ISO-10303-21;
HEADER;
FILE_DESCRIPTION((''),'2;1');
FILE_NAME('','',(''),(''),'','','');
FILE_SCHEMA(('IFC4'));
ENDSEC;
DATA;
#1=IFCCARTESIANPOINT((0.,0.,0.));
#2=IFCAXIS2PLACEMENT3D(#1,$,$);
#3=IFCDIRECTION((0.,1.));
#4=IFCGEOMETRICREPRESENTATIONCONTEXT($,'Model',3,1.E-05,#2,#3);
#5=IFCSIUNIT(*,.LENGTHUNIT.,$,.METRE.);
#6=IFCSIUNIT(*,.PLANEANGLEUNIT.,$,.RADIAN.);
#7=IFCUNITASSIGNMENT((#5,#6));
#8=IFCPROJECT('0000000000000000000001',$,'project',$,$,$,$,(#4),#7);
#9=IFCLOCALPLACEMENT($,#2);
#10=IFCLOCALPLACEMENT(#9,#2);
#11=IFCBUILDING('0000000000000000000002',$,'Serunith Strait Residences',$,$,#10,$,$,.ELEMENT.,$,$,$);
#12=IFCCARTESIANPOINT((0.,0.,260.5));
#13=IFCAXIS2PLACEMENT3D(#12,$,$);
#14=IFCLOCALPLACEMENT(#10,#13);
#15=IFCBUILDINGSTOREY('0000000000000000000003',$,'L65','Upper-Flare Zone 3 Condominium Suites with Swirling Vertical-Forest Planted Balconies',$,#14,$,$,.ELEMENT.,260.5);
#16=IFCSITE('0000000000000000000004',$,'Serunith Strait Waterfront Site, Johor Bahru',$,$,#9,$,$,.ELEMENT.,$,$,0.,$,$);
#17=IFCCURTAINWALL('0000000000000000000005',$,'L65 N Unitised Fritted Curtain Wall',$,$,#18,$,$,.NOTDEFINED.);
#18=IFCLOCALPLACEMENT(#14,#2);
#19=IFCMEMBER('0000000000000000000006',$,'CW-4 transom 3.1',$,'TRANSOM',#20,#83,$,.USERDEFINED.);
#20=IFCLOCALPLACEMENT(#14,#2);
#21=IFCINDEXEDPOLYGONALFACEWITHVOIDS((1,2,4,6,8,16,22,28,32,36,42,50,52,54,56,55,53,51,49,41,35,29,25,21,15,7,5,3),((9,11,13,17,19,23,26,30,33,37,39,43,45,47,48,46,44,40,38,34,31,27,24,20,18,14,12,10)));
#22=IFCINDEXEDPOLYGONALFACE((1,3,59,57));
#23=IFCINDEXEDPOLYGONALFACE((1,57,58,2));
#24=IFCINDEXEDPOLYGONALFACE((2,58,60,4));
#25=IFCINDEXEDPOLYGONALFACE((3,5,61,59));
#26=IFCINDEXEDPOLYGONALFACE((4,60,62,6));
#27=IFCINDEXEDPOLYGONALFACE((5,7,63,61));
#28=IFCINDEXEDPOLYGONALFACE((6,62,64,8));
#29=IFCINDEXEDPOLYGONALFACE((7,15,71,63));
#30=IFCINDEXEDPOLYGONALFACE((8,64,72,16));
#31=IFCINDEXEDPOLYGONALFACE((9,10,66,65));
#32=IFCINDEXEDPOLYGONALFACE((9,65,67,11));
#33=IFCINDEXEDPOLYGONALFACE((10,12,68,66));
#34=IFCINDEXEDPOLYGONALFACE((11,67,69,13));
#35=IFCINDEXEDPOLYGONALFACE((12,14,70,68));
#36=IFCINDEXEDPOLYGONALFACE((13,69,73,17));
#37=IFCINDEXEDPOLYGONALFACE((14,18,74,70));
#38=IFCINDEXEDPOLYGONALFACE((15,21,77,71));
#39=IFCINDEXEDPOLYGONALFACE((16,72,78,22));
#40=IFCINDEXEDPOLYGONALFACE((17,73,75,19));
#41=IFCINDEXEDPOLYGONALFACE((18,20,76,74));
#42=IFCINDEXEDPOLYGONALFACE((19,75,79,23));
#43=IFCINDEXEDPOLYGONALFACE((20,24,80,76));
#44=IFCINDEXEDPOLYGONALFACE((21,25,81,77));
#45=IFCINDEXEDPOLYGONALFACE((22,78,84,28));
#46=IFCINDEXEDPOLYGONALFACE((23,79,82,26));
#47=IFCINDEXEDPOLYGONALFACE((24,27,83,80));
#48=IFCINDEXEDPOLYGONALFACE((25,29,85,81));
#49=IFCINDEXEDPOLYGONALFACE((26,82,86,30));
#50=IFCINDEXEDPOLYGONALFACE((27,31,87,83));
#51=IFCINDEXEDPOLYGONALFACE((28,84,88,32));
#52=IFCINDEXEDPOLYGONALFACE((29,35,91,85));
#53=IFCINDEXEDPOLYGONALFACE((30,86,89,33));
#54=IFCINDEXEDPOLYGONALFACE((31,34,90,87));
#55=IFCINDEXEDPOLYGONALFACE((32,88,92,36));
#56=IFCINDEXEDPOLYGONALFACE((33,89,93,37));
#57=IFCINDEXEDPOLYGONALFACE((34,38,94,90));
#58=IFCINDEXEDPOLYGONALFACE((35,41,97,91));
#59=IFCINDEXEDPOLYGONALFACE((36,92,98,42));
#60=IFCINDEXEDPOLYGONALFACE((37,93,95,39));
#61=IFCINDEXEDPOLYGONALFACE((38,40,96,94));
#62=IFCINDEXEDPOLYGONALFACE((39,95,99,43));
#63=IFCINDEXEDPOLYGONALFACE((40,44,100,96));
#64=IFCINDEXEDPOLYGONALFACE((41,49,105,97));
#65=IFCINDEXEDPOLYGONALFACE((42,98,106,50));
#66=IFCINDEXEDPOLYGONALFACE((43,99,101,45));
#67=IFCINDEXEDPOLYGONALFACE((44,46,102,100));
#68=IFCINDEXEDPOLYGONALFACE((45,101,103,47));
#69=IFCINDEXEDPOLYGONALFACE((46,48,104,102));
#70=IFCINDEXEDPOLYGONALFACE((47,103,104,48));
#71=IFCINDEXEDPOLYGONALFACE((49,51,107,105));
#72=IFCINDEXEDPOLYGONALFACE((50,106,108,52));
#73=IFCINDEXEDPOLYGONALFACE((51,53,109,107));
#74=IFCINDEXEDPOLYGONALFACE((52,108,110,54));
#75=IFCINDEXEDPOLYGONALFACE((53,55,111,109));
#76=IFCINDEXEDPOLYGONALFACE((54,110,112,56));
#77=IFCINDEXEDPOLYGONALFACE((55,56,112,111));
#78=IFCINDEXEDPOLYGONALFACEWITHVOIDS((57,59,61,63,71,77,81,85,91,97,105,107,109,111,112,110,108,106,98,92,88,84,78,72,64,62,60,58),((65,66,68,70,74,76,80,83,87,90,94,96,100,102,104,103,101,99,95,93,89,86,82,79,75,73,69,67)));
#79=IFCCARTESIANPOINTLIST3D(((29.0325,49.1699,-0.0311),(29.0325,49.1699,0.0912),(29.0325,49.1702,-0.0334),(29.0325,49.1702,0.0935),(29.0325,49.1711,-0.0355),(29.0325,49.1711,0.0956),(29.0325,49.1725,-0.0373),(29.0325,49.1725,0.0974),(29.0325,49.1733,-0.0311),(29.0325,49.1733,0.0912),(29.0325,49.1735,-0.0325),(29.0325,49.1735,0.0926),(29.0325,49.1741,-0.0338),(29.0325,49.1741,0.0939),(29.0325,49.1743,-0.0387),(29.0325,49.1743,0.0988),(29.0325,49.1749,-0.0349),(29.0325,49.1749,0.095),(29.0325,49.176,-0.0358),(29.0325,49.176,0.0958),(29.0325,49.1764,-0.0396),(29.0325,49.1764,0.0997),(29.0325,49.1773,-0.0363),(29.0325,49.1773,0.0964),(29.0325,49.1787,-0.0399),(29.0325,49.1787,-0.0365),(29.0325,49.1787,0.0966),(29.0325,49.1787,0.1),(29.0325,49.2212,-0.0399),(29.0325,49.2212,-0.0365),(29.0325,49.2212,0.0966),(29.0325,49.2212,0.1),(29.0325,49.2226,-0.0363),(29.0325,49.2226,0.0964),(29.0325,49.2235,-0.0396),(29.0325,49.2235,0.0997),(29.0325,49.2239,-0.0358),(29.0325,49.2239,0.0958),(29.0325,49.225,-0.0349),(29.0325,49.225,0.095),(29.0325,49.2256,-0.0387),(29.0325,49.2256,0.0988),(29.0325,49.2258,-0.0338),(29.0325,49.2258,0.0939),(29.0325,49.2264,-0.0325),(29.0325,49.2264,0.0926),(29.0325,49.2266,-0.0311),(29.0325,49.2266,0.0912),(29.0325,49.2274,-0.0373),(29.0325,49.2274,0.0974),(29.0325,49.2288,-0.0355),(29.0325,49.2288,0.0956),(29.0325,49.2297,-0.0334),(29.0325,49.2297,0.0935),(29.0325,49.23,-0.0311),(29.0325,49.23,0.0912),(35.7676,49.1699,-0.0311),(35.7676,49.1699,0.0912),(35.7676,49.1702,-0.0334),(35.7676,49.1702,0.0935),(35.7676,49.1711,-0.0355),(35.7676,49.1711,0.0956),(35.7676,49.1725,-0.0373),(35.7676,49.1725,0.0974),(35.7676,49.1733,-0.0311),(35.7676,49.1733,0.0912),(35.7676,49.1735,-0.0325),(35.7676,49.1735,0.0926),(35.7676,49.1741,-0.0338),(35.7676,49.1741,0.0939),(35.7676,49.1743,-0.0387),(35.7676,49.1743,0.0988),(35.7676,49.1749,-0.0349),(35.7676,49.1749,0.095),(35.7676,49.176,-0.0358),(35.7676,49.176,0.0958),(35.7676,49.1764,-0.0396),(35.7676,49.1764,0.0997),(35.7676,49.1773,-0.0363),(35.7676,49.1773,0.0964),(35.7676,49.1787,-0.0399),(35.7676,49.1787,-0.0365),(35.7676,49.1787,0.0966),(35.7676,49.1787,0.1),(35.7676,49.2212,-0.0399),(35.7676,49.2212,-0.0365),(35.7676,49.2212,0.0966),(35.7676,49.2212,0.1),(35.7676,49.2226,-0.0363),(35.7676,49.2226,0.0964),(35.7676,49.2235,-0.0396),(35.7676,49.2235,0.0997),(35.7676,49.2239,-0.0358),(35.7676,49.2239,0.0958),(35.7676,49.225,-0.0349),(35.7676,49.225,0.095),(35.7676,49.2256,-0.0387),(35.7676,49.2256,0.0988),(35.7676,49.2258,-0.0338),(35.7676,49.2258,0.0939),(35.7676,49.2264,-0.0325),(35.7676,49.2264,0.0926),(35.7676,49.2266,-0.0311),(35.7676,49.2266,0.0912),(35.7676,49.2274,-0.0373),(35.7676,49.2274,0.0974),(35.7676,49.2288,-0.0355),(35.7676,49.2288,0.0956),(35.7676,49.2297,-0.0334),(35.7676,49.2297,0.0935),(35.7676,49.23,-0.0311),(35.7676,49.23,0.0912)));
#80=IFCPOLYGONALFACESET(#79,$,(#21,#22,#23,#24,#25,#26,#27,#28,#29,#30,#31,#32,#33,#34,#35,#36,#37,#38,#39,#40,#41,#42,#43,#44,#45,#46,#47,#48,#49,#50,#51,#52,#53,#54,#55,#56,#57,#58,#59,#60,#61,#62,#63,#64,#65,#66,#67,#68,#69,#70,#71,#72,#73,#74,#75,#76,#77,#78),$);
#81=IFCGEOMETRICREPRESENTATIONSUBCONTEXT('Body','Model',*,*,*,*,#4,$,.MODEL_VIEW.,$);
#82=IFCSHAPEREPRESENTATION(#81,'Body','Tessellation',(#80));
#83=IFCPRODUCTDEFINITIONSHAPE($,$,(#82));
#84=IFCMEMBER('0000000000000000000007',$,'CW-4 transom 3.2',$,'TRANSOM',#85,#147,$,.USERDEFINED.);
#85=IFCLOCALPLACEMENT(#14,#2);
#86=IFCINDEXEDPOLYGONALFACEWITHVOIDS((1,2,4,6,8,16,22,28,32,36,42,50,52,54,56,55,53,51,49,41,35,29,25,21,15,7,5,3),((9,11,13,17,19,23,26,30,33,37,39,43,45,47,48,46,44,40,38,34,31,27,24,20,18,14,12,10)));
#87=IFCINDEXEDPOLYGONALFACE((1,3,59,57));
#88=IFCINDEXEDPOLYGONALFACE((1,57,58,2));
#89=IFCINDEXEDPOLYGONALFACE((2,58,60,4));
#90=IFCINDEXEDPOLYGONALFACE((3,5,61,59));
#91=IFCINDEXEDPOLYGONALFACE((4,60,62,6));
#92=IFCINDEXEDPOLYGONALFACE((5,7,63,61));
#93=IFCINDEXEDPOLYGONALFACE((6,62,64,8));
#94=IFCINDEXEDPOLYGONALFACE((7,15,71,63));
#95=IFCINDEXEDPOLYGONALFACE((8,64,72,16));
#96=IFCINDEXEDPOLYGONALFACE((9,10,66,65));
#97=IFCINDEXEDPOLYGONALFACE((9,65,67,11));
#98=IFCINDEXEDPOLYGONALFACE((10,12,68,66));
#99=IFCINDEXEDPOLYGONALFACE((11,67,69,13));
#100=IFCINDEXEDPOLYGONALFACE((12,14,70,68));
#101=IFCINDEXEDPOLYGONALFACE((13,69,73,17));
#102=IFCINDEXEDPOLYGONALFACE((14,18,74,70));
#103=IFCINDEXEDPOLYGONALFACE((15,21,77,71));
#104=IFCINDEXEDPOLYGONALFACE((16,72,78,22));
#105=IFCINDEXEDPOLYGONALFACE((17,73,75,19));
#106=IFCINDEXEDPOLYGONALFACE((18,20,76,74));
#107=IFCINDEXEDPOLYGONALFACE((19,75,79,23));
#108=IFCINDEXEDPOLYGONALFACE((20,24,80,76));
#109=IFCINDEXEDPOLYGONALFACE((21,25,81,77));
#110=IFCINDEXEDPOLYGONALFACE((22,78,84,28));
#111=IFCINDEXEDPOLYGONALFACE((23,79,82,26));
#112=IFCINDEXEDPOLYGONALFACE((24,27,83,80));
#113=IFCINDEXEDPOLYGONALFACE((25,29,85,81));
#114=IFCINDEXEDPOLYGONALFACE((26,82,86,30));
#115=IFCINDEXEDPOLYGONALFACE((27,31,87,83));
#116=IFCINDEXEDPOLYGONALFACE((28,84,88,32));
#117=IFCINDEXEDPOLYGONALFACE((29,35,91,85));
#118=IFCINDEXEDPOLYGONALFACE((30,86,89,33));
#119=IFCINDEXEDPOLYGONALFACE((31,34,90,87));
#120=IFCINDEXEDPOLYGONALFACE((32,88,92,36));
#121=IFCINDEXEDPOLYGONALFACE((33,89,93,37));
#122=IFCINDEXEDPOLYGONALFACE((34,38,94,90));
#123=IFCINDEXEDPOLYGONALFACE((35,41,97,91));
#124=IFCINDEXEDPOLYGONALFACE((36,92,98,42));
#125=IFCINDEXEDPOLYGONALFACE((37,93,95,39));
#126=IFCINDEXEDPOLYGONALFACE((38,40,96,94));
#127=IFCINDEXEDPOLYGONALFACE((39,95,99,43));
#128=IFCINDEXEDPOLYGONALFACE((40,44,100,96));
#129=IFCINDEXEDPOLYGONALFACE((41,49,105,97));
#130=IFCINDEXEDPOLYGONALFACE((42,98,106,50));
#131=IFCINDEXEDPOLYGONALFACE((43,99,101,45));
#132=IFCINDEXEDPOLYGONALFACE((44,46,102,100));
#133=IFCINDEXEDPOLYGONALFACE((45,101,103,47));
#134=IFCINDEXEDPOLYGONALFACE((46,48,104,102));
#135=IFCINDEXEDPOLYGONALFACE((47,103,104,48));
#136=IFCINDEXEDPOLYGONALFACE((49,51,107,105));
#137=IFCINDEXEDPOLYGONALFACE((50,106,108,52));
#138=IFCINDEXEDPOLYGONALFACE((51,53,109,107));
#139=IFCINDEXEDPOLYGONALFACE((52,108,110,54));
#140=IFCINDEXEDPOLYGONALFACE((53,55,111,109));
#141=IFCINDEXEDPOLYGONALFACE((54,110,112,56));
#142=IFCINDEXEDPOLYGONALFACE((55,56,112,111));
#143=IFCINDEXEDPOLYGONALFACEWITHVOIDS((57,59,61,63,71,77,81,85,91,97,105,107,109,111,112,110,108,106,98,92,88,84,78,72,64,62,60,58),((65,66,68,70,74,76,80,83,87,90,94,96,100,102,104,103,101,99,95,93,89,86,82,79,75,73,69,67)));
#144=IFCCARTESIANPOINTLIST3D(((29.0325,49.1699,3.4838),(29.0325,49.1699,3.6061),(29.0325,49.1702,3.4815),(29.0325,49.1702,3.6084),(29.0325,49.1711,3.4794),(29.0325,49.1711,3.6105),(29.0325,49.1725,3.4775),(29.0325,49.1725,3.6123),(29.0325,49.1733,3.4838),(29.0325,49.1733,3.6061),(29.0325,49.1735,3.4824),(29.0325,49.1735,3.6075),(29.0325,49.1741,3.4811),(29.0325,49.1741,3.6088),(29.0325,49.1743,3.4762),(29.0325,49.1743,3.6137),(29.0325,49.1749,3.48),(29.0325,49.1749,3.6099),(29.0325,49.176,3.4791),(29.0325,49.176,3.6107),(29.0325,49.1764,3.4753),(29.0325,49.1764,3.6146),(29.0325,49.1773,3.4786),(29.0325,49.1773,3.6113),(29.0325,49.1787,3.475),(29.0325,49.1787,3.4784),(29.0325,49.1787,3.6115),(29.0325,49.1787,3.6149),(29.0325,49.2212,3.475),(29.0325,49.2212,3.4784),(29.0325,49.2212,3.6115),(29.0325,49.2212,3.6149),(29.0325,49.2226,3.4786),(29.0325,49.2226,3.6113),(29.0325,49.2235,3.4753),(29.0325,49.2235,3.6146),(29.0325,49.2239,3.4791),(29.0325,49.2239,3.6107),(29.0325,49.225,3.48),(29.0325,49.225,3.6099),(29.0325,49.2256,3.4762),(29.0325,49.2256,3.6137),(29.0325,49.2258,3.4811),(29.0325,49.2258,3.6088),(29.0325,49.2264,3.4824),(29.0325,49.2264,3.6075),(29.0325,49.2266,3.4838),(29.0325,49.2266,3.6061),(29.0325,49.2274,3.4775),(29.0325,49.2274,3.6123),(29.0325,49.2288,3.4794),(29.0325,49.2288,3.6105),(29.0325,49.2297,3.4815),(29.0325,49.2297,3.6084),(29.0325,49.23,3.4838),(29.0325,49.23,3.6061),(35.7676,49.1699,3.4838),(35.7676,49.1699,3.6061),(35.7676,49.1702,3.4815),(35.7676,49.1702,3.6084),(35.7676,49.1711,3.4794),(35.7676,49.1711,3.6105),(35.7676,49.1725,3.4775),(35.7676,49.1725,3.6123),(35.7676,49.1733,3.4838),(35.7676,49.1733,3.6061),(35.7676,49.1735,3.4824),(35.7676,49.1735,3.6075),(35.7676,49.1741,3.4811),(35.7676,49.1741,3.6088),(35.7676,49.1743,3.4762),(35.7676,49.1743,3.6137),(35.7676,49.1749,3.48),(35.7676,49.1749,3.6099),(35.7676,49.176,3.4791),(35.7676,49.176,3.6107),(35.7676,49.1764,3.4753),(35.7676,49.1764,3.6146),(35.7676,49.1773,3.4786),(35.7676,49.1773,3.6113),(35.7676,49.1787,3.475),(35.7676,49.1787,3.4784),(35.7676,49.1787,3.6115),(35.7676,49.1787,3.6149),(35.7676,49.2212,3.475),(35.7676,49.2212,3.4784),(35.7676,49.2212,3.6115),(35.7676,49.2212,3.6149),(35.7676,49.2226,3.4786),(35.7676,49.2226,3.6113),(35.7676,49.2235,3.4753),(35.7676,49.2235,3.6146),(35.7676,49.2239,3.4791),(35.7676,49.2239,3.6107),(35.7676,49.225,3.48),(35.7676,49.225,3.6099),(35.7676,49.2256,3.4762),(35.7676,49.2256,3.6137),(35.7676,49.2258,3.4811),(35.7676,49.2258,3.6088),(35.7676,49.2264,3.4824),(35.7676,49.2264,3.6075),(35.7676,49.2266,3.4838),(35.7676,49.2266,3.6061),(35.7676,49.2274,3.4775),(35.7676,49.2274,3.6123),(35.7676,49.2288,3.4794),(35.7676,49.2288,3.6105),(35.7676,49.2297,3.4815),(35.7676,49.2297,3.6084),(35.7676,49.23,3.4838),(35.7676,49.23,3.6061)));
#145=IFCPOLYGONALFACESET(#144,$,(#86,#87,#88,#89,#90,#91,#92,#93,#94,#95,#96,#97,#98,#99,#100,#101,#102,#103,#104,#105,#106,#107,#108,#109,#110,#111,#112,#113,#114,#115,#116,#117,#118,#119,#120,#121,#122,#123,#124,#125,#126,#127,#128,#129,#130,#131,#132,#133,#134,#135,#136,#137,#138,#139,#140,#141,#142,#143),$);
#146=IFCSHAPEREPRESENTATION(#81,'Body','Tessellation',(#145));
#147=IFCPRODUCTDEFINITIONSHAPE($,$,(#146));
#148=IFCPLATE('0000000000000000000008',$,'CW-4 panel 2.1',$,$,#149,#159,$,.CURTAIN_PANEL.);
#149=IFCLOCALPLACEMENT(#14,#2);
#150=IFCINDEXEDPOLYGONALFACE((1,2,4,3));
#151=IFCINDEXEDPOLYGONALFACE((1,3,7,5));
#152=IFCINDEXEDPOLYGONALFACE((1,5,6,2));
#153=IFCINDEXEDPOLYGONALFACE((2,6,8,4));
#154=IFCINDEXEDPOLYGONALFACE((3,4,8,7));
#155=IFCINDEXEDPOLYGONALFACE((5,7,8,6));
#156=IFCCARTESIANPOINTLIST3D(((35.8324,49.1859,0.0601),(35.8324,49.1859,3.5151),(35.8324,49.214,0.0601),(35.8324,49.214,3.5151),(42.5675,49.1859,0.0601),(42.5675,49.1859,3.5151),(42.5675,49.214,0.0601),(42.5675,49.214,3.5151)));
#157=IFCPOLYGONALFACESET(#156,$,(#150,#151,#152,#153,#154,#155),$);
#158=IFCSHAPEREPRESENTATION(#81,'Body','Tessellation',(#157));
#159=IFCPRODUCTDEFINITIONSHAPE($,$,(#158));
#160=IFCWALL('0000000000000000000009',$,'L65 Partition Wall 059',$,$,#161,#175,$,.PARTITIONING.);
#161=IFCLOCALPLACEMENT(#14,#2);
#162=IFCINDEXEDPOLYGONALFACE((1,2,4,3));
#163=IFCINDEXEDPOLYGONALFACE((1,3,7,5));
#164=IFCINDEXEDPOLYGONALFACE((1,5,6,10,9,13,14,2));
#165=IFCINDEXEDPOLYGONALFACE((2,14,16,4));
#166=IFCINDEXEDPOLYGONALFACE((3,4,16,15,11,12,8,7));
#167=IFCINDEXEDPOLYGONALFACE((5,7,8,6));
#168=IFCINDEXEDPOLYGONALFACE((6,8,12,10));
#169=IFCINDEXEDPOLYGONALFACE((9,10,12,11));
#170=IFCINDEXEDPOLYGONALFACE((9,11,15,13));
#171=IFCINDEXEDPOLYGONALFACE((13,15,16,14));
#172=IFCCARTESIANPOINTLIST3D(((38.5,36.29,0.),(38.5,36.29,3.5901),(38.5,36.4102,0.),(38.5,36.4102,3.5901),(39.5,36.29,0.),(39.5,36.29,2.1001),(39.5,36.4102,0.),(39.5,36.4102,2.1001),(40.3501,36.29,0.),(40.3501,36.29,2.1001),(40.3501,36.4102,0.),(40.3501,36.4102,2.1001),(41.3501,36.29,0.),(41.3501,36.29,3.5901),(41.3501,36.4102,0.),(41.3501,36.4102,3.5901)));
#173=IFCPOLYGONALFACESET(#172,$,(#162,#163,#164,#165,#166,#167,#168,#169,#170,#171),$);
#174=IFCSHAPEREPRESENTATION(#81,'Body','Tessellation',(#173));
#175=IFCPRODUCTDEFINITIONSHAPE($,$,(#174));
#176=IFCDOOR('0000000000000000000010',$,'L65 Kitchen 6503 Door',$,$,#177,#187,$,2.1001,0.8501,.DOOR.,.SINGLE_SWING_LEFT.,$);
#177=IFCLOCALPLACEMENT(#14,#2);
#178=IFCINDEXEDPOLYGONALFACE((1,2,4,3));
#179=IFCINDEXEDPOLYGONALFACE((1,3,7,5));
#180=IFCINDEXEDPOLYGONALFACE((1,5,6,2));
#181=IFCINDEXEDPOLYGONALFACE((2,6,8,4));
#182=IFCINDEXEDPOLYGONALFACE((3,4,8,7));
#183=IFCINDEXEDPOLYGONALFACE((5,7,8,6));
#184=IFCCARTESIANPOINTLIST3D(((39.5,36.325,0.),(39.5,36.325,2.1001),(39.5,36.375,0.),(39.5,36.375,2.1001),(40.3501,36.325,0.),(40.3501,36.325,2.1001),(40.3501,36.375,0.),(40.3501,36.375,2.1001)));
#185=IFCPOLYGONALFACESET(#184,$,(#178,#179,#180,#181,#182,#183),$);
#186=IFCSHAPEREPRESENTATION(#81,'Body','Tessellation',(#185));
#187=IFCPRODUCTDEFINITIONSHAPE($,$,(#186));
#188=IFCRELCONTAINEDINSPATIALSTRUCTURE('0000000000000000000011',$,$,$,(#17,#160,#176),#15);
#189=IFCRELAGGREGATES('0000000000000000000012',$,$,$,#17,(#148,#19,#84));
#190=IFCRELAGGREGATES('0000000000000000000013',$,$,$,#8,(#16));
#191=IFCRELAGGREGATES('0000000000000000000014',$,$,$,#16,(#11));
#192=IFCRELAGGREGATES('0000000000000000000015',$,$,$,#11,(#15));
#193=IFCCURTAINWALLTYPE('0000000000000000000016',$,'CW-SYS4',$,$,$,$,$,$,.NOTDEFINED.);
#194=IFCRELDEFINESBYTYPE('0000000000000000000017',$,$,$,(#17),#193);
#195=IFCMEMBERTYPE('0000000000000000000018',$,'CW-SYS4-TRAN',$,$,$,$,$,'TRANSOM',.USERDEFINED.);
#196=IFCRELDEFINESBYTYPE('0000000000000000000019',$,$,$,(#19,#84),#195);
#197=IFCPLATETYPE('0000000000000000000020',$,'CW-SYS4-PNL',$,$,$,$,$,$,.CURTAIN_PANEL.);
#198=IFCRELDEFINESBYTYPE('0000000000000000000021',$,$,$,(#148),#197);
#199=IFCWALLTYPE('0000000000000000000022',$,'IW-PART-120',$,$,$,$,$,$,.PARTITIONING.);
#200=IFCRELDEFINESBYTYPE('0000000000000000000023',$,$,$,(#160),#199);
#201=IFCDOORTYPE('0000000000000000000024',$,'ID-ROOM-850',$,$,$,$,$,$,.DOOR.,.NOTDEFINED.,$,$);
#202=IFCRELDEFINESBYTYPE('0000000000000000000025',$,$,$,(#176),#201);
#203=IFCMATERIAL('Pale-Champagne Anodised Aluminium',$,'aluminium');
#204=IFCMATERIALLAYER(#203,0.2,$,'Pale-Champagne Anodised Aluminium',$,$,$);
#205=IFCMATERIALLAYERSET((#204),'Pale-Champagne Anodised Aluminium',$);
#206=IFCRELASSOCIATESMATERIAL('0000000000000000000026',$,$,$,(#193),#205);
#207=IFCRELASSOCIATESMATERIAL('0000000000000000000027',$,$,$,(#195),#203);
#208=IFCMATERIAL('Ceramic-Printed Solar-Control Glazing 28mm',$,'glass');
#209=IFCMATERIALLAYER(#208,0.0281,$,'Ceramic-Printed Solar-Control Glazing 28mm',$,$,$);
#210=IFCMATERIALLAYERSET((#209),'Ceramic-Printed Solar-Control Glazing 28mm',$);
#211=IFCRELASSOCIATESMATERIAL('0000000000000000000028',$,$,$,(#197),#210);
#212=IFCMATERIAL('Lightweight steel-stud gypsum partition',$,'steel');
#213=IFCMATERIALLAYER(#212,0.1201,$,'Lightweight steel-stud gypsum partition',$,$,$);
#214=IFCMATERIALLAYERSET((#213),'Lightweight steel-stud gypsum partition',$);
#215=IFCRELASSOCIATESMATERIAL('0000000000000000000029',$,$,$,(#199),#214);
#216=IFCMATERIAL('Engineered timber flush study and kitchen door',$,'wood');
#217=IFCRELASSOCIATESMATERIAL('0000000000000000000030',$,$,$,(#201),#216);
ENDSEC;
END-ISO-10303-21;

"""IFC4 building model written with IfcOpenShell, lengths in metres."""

from ifc_helpers import new_model, si_unit, direction, frame, frame_2d, origin, origin_2d, place, context, subcontext, project, spatial, rectangle, hollow_rectangle, extrude, source, transform, mapped, material, layer, layer_set, material_profile, profile_set, type_object, element, fill, aggregate, save


model = new_model("IFC4")

# Units and contexts
model_context = context("Model", 3, precision=1e-05, world=origin(), true_north=direction((0.0, 1.0)))
body_context = subcontext(model_context, "Body", "Model", "MODEL_VIEW")
ifc_project = project(units=[si_unit("LENGTHUNIT", "METRE"), si_unit("PLANEANGLEUNIT", "RADIAN")], contexts=[model_context])

# Site, building, storey
site_placement = place(None, origin())
site = spatial("IfcSite", under=ifc_project, at=site_placement, Name="Serunith Strait Waterfront Site, Johor Bahru", CompositionType="ELEMENT", RefElevation=0.0)
building_placement = place(site_placement, origin())
building = spatial("IfcBuilding", under=site, at=building_placement, Name="Serunith Strait Residences", CompositionType="ELEMENT")
storey_placement = place(building_placement, frame((0.0, 0.0, 260.5)))
storey = spatial("IfcBuildingStorey", under=building, at=storey_placement, Name="L65", Description="Upper-Flare Zone 3 Condominium Suites with Swirling Vertical-Forest Planted Balconies", CompositionType="ELEMENT", Elevation=260.5)

# Curtain wall, members, plate
ifc_material_1 = material(Name="Pale-Champagne Anodised Aluminium", Category="aluminium")
ifc_layer_1 = layer(ifc_material_1, 0.2, Name="Pale-Champagne Anodised Aluminium")
ifc_layer_set_1 = layer_set([ifc_layer_1], Name="Pale-Champagne Anodised Aluminium")
curtain_wall_type = type_object("IfcCurtainWallType", Name="CW-SYS4", PredefinedType="NOTDEFINED", material=ifc_layer_set_1)
curtain_wall_placement = place(storey_placement, origin())
curtain_wall = element("IfcCurtainWall", 1, at=curtain_wall_placement, inside=storey, type_object=curtain_wall_type, Name="L65 N Unitised Fritted Curtain Wall", PredefinedType="NOTDEFINED")
ifc_material_profile_1 = material_profile(ifc_material_1, hollow_rectangle(XDim=0.0601, YDim=0.1399, WallThickness=0.0034, InnerFilletRadius=0.0054, OuterFilletRadius=0.0088, at=origin_2d()), Name="ALU 140x60x3.5")
ifc_profile_set_1 = profile_set([ifc_material_profile_1], Name="Pale-Champagne Anodised Aluminium")
member_type_1 = type_object("IfcMemberType", Name="CW-SYS4-TRAN", ElementType="TRANSOM", PredefinedType="USERDEFINED", material=ifc_profile_set_1)
shared_shape_1 = source(origin(), body_context, "Body", "SweptSolid", [
    extrude(hollow_rectangle(XDim=0.0601, YDim=0.1399, WallThickness=0.0034, InnerFilletRadius=0.0054, OuterFilletRadius=0.0088, at=origin_2d()), origin(), (0.0, 0.0, 1.0), 6.7351),
])
member_1_placement = place(storey_placement, frame((35.7676, 49.2, 0.03), z_axis=(-1.0, 0.0, 0.0), x_axis=(0.0, -1.0, 0.0)))
member_1 = element("IfcMember", 2, at=member_1_placement, type_object=member_type_1, Name="CW-4 transom 3.1", ObjectType="TRANSOM", PredefinedType="USERDEFINED", context=body_context, shape_type="MappedRepresentation", body=[
    mapped(shared_shape_1, transform((0.0, 0.0, 0.0), scale=1.0)),
])
member_2_placement = place(storey_placement, frame((35.7676, 49.2, 3.5449), z_axis=(-1.0, 0.0, 0.0), x_axis=(0.0, -1.0, 0.0)))
member_2 = element("IfcMember", 3, at=member_2_placement, type_object=member_type_1, Name="CW-4 transom 3.2", ObjectType="TRANSOM", PredefinedType="USERDEFINED", context=body_context, shape_type="MappedRepresentation", body=[
    mapped(shared_shape_1, transform((0.0, 0.0, 0.0), scale=1.0)),
])
ifc_material_2 = material(Name="Ceramic-Printed Solar-Control Glazing 28mm", Category="glass")
ifc_layer_2 = layer(ifc_material_2, 0.0281, Name="Ceramic-Printed Solar-Control Glazing 28mm")
ifc_layer_set_2 = layer_set([ifc_layer_2], Name="Ceramic-Printed Solar-Control Glazing 28mm")
plate_type = type_object("IfcPlateType", Name="CW-SYS4-PNL", PredefinedType="CURTAIN_PANEL", material=ifc_layer_set_2)
shared_shape_2 = source(origin(), body_context, "Body", "SweptSolid", [
    extrude(rectangle(XDim=6.7351, YDim=0.0281, at=origin_2d()), origin(), (0.0, 0.0, 1.0), 3.4551),
])
plate_placement = place(storey_placement, frame((39.2, 49.2, 0.0601), z_axis=(0.0, 0.0, 1.0), x_axis=(-1.0, 0.0, 0.0)))
plate = element("IfcPlate", 4, at=plate_placement, type_object=plate_type, Name="CW-4 panel 2.1", PredefinedType="CURTAIN_PANEL", context=body_context, shape_type="MappedRepresentation", body=[
    mapped(shared_shape_2, transform((0.0, 0.0, 0.0), scale=1.0)),
])
aggregate(curtain_wall, [plate, member_1, member_2])

# Wall, opening, door
ifc_material_3 = material(Name="Lightweight steel-stud gypsum partition", Category="steel")
ifc_layer_3 = layer(ifc_material_3, 0.1201, Name="Lightweight steel-stud gypsum partition")
ifc_layer_set_3 = layer_set([ifc_layer_3], Name="Lightweight steel-stud gypsum partition")
wall_type = type_object("IfcWallType", Name="IW-PART-120", PredefinedType="PARTITIONING", material=ifc_layer_set_3)
wall_1_placement = place(storey_placement, frame((38.5, 36.3501, 0.0), z_axis=(0.0, 0.0, 1.0), x_axis=(1.0, 0.0, 0.0)))
wall_1 = element("IfcWall", 5, at=wall_1_placement, inside=storey, type_object=wall_type, Name="L65 Partition Wall 059", PredefinedType="PARTITIONING", context=body_context, shape_type="SweptSolid", body=[
    extrude(rectangle(XDim=2.8501, YDim=0.1201, at=frame_2d((1.425, 0.0))), origin(), (0.0, 0.0, 1.0), 3.5901),
])
opening_1_placement = place(wall_1_placement, frame((1.0, 0.0, 0.0)))
opening_1 = element("IfcOpeningElement", 6, at=opening_1_placement, cuts=wall_1, PredefinedType="OPENING", context=body_context, shape_type="SweptSolid", body=[
    extrude(rectangle(XDim=0.8501, YDim=2.1001, at=frame_2d((0.425, 1.05))), frame((0.0, 0.0701, 0.0), z_axis=(0.0, -1.0, 0.0), x_axis=(1.0, 0.0, 0.0)), (0.0, 0.0, 1.0), 0.1401),
])
ifc_material_4 = material(Name="Engineered timber flush study and kitchen door", Category="wood")
door_type_1 = type_object("IfcDoorType", Name="ID-ROOM-850", OperationType="NOTDEFINED", PredefinedType="DOOR", material=ifc_material_4)
shared_shape_3 = source(origin(), body_context, "Body", "SweptSolid", [
    extrude(rectangle(XDim=0.8501, YDim=2.1001, at=frame_2d((0.425, 1.05))), frame((0.0, 0.0249, 0.0), z_axis=(0.0, -1.0, 0.0), x_axis=(1.0, 0.0, 0.0)), (0.0, 0.0, 1.0), 0.05),
])
door_1_placement = place(opening_1_placement, origin())
door_1 = element("IfcDoor", 7, at=door_1_placement, inside=storey, type_object=door_type_1, Name="L65 Kitchen 6503 Door", OperationType="SINGLE_SWING_LEFT", OverallHeight=2.1001, OverallWidth=0.8501, PredefinedType="DOOR", context=body_context, shape_type="MappedRepresentation", body=[
    mapped(shared_shape_3, transform((0.0, 0.0, 0.0), scale=1.0)),
])
fill(opening_1, door_1)

save(model, "model.ifc")
